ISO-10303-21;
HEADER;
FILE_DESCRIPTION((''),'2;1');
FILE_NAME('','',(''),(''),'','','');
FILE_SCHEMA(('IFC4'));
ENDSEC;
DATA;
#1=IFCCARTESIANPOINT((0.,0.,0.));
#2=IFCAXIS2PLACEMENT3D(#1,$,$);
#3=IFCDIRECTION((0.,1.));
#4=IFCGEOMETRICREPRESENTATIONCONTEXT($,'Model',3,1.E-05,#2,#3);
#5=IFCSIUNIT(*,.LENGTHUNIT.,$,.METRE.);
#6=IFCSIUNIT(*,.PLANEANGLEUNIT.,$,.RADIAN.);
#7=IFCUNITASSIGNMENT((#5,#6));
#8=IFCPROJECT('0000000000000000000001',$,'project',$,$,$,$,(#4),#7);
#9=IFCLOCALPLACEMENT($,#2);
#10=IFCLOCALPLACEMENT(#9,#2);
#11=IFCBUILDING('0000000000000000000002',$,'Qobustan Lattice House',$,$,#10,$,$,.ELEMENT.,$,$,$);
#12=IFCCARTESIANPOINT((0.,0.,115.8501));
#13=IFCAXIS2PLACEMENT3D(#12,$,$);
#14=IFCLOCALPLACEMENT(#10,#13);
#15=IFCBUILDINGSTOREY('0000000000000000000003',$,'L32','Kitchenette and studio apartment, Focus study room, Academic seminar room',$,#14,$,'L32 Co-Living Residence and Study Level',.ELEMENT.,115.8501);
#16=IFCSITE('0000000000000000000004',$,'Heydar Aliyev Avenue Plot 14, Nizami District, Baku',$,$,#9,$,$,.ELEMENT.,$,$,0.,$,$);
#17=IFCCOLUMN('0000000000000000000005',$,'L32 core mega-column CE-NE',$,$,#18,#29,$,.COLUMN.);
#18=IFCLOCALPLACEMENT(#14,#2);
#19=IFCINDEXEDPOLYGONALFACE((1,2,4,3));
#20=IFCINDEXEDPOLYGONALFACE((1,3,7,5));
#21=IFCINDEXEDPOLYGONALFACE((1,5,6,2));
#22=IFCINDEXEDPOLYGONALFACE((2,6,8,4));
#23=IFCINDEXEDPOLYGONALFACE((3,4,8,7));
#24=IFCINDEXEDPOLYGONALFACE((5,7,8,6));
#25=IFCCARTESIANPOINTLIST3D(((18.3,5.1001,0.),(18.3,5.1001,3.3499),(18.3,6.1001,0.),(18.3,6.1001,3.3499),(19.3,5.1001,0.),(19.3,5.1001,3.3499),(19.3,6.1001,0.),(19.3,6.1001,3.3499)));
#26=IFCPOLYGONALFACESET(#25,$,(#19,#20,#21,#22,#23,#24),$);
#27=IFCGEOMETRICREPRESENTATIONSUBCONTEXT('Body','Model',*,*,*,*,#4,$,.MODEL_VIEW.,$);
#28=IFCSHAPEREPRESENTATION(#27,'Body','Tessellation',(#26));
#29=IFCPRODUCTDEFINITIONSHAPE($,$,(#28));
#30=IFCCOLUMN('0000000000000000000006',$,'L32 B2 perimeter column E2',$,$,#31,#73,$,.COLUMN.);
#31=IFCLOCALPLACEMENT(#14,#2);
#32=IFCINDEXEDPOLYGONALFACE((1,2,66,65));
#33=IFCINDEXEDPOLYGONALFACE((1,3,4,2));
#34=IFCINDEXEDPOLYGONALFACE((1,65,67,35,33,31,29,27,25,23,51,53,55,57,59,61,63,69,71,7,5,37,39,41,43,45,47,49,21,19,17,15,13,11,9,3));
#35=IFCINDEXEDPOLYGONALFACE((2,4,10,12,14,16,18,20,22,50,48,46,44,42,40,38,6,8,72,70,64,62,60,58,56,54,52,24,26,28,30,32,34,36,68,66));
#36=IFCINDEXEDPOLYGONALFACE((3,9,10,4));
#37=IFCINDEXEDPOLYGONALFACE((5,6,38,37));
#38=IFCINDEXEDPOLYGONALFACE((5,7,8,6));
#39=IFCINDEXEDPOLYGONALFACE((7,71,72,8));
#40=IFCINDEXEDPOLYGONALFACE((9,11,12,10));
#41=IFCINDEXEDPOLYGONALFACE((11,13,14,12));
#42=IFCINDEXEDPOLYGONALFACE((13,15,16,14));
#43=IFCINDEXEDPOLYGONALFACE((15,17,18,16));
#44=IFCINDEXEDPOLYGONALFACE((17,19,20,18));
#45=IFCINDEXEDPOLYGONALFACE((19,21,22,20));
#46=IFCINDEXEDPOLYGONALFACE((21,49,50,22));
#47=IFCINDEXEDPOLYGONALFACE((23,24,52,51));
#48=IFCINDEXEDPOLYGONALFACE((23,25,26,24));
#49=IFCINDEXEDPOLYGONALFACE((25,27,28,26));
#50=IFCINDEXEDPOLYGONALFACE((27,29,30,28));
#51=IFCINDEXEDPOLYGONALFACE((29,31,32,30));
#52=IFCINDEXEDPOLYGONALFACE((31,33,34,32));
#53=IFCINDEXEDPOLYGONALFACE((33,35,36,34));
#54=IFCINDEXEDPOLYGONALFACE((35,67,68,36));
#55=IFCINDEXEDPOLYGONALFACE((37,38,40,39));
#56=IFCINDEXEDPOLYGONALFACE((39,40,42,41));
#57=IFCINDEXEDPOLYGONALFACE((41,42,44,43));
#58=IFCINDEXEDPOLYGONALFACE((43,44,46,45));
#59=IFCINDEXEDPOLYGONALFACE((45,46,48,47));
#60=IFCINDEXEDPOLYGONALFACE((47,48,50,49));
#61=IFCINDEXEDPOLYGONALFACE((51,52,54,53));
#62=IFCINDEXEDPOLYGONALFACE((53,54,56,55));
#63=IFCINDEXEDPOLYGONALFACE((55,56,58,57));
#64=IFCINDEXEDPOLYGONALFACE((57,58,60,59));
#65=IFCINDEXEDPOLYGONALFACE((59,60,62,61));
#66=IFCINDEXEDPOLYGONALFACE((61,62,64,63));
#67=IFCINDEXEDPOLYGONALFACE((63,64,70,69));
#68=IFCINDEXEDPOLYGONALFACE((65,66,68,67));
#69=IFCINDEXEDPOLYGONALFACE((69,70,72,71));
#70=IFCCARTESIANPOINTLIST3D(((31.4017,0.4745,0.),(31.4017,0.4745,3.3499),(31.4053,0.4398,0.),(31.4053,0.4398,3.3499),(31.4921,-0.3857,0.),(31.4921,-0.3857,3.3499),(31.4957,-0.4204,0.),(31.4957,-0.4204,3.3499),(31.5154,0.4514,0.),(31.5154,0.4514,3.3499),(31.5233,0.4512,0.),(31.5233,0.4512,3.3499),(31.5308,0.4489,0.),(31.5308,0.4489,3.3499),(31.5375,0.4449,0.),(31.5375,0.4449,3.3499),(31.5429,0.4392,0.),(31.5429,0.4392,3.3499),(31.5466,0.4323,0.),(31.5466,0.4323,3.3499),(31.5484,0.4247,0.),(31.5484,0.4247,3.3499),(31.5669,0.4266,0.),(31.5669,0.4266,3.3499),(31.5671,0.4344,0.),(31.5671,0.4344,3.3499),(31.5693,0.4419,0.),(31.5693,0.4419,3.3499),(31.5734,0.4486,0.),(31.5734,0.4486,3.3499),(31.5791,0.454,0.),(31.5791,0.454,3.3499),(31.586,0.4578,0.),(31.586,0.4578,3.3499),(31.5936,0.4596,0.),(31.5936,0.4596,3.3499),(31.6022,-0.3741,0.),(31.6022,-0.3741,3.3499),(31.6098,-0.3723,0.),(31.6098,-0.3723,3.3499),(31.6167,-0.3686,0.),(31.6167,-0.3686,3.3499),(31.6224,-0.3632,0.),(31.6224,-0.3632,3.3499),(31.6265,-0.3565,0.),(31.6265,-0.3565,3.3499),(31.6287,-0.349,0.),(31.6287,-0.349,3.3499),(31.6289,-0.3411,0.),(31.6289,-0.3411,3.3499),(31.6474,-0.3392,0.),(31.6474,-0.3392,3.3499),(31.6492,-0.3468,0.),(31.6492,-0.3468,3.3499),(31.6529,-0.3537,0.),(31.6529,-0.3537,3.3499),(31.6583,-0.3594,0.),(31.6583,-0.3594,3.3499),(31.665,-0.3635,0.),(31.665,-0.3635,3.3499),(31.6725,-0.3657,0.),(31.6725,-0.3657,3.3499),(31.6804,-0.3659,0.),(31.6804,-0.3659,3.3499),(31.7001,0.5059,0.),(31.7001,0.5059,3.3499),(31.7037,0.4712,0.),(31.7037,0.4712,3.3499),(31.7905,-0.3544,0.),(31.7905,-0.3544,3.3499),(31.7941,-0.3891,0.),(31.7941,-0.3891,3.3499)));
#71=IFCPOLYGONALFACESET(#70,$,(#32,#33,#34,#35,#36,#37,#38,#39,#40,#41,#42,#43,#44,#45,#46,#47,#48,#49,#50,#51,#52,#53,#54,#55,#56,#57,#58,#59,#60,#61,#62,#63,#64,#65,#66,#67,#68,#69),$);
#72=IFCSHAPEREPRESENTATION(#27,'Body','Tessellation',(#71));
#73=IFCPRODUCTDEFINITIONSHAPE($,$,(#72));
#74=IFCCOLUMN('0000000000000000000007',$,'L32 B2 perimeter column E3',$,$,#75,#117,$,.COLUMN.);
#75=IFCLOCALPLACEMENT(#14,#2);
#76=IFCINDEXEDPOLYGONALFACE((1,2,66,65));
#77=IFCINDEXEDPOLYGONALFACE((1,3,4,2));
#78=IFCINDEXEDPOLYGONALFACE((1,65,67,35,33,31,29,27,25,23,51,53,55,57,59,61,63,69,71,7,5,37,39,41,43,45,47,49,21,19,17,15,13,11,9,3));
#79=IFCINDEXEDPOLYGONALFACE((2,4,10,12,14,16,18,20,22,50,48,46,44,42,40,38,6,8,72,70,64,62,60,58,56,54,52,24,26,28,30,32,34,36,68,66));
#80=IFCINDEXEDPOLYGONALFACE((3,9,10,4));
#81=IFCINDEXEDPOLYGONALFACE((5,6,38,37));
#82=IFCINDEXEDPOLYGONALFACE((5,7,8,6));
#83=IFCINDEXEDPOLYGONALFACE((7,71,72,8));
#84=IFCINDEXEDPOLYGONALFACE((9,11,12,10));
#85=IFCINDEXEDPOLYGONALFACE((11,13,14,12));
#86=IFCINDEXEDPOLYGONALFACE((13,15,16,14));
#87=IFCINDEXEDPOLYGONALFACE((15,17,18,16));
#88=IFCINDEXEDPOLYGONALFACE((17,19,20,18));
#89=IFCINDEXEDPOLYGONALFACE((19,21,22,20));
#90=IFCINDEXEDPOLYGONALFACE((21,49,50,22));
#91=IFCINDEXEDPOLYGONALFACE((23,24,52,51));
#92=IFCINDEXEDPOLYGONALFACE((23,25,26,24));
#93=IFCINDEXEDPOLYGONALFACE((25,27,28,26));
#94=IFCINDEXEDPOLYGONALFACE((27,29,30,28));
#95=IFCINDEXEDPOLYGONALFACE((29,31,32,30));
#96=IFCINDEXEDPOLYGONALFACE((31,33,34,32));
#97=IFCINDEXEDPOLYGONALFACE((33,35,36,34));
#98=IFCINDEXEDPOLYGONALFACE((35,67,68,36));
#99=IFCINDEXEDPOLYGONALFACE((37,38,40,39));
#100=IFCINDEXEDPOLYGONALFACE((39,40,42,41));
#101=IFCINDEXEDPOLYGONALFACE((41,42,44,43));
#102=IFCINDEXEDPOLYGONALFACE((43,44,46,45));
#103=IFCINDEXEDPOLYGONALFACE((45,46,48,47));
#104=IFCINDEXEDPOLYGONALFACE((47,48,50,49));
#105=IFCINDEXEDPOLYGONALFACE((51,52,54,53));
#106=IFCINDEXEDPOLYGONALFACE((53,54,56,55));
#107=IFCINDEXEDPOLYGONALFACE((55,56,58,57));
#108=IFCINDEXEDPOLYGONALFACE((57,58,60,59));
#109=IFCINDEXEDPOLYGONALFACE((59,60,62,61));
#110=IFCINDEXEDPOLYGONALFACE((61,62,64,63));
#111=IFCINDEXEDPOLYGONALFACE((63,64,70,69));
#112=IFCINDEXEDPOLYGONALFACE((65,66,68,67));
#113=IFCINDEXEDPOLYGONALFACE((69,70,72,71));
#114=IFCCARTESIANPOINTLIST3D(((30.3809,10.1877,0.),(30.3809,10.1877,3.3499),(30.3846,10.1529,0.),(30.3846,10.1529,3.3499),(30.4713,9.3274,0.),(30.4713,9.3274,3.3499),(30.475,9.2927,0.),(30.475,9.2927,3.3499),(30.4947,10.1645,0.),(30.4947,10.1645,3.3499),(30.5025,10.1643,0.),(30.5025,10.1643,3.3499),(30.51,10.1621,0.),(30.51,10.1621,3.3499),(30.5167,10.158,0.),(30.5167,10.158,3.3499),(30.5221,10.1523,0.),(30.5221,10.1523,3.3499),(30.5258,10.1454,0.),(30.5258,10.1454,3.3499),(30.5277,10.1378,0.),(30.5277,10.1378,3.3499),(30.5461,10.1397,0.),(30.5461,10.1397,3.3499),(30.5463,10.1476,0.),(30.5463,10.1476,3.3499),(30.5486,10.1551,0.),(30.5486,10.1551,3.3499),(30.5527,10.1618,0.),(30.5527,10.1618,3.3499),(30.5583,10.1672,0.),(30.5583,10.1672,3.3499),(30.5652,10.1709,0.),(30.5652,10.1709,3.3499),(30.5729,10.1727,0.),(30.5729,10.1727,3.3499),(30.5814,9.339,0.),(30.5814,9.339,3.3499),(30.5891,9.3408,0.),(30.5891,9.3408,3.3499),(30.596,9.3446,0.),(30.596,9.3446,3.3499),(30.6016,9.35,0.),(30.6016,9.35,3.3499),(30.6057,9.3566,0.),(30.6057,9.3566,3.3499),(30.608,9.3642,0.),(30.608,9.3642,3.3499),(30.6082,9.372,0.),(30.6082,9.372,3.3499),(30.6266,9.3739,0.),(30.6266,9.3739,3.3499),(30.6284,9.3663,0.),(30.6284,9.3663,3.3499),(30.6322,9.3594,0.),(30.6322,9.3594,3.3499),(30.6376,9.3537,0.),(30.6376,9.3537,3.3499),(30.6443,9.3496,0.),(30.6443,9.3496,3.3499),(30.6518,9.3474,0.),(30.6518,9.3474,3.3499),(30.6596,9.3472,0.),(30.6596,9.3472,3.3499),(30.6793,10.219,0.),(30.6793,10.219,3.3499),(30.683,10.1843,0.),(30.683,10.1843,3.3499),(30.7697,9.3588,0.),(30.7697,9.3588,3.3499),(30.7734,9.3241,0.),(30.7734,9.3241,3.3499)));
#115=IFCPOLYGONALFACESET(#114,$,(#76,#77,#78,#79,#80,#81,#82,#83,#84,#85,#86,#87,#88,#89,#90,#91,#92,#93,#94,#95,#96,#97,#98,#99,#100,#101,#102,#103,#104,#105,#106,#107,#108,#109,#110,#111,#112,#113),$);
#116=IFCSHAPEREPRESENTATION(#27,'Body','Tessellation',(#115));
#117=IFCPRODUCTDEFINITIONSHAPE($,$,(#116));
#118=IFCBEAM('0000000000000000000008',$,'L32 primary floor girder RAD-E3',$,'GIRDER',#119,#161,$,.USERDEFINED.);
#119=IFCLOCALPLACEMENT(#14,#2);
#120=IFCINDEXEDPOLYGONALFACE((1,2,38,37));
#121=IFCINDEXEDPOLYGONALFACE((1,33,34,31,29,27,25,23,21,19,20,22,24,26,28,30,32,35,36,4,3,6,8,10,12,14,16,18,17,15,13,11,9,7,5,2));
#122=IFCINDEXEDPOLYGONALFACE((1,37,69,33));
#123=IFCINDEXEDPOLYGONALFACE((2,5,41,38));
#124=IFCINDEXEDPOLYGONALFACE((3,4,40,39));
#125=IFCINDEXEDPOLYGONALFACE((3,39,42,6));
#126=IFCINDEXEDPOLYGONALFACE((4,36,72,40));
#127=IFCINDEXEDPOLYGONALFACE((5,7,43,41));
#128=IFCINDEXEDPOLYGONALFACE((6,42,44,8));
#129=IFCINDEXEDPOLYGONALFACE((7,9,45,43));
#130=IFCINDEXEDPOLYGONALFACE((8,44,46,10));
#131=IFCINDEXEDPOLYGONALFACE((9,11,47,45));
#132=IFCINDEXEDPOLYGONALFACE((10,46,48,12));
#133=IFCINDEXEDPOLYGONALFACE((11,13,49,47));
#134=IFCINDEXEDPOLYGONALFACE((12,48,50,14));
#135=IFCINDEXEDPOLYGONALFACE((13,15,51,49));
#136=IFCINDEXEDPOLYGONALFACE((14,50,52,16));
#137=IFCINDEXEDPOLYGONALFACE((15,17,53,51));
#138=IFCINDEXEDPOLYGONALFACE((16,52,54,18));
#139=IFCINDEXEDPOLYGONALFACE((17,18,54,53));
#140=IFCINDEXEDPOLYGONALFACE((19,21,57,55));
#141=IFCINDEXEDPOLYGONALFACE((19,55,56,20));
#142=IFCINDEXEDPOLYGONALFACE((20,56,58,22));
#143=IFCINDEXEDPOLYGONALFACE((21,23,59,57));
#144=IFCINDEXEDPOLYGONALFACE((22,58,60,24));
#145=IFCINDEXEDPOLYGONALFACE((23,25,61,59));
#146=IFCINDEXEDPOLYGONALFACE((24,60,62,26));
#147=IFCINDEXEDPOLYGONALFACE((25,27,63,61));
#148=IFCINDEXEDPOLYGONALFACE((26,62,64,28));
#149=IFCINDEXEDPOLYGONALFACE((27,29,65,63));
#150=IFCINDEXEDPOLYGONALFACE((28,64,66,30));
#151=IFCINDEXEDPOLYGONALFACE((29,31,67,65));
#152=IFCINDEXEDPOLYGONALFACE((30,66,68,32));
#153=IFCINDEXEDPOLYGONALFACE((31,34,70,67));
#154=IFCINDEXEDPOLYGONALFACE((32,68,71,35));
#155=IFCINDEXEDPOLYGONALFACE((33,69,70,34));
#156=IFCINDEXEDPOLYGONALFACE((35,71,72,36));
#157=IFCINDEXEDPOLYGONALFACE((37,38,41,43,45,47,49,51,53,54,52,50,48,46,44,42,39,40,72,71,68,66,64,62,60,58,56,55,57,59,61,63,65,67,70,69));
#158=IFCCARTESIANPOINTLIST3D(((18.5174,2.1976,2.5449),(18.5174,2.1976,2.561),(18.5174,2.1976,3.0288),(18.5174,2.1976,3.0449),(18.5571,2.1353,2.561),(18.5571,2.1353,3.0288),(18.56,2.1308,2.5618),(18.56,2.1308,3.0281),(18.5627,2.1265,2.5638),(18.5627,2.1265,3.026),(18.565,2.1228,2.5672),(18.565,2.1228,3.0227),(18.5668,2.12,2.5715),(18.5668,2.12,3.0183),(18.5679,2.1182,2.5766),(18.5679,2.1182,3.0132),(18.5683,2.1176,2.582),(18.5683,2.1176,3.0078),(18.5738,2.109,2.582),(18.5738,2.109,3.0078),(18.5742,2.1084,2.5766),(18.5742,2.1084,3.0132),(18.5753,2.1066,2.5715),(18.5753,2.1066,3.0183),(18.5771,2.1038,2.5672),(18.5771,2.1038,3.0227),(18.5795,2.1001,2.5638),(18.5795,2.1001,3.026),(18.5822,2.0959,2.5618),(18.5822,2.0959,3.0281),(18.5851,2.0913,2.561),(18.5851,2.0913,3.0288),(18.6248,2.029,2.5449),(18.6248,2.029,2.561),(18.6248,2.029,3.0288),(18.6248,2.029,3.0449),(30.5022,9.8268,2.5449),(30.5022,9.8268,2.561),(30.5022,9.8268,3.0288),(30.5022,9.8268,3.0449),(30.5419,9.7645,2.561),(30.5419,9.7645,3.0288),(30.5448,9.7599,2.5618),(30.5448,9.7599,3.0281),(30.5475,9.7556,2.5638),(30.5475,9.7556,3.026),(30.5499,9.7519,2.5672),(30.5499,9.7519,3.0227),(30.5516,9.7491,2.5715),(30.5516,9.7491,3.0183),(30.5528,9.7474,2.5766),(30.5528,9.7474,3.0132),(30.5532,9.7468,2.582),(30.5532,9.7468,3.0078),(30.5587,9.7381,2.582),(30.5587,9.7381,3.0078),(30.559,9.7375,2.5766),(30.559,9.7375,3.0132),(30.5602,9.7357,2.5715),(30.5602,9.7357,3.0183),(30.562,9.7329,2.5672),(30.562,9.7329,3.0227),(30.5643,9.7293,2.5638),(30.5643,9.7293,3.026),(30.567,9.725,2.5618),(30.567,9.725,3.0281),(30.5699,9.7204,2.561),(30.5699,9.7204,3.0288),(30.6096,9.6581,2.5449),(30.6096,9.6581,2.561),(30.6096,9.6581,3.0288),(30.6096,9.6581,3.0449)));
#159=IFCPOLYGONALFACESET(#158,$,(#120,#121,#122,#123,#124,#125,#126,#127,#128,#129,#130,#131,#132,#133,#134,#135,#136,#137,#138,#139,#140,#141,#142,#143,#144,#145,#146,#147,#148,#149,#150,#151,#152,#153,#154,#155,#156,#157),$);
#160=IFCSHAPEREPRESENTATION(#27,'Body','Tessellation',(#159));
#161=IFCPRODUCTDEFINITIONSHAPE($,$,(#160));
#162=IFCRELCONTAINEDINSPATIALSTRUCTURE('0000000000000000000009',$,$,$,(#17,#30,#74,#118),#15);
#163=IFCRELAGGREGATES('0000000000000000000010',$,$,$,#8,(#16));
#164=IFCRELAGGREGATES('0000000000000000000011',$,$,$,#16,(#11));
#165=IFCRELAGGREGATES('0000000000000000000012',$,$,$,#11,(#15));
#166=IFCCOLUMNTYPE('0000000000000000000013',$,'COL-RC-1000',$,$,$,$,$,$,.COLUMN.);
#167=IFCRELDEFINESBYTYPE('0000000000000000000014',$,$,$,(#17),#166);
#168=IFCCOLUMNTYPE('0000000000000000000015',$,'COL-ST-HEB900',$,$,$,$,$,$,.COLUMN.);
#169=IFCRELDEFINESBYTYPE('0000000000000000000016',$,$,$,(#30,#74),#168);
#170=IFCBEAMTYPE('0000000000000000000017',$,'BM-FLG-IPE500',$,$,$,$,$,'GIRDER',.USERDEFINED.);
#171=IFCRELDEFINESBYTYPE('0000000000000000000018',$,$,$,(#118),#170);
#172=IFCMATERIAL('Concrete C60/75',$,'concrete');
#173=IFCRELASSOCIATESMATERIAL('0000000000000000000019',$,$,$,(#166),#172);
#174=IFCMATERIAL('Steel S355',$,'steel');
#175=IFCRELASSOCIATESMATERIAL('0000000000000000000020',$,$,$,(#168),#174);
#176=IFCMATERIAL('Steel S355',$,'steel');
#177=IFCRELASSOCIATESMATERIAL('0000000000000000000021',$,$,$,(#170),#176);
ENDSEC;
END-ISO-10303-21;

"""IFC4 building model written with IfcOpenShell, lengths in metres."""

from ifc_helpers import new_model, si_unit, direction, frame, origin, origin_2d, place, context, subcontext, project, spatial, rectangle, i_section, extrude, material, material_profile, profile_set, type_object, element, save


model = new_model("IFC4")

# Units and contexts
model_context = context("Model", 3, precision=1e-05, world=origin(), true_north=direction((0.0, 1.0)))
body_context = subcontext(model_context, "Body", "Model", "MODEL_VIEW")
ifc_project = project(units=[si_unit("LENGTHUNIT", "METRE"), si_unit("PLANEANGLEUNIT", "RADIAN")], contexts=[model_context])

# Site, building, storey
site_placement = place(None, origin())
site = spatial("IfcSite", under=ifc_project, at=site_placement, Name="Heydar Aliyev Avenue Plot 14, Nizami District, Baku", CompositionType="ELEMENT", RefElevation=0.0)
building_placement = place(site_placement, origin())
building = spatial("IfcBuilding", under=site, at=building_placement, Name="Qobustan Lattice House", CompositionType="ELEMENT")
storey_placement = place(building_placement, frame((0.0, 0.0, 115.8501)))
storey = spatial("IfcBuildingStorey", under=building, at=storey_placement, Name="L32", Description="Kitchenette and studio apartment, Focus study room, Academic seminar room", LongName="L32 Co-Living Residence and Study Level", CompositionType="ELEMENT", Elevation=115.8501)

# Columns
ifc_material_1 = material(Name="Concrete C60/75", Category="concrete")
ifc_material_profile_1 = material_profile(ifc_material_1, rectangle(XDim=1.0, YDim=1.0, at=origin_2d()), Name="RC1000x1000")
ifc_profile_set_1 = profile_set([ifc_material_profile_1], Name="Concrete C60/75")
column_type_1 = type_object("IfcColumnType", Name="COL-RC-1000", PredefinedType="COLUMN", material=ifc_profile_set_1)
column_placement = place(storey_placement, frame((18.8, 5.6001, 0.0), z_axis=(0.0, 0.0, 1.0), x_axis=(1.0, 0.0, 0.0)))
element("IfcColumn", 1, at=column_placement, inside=storey, type_object=column_type_1, Name="L32 core mega-column CE-NE", PredefinedType="COLUMN", context=body_context, shape_type="SweptSolid", body=[
    extrude(rectangle(XDim=1.0, YDim=1.0, at=origin_2d()), origin(), (0.0, 0.0, 1.0), 3.3499),
])
ifc_material_2 = material(Name="Steel S355", Category="steel")
ifc_material_profile_2 = material_profile(ifc_material_2, i_section(OverallWidth=0.3, OverallDepth=0.8999, WebThickness=0.0186, FlangeThickness=0.0349, FilletRadius=0.03, at=origin_2d()), Name="HEB900")
ifc_profile_set_2 = profile_set([ifc_material_profile_2], Name="Steel S355")
column_type_2 = type_object("IfcColumnType", Name="COL-ST-HEB900", PredefinedType="COLUMN", material=ifc_profile_set_2)
for number, where, z_axis, x_axis, name in (
    (2, (31.5979, 0.0427, 0.0), (0.0, 0.0, 1.0), (0.994522, 0.104528, 0.0), "L32 B2 perimeter column E2"),
    (3, (30.5771, 9.7559, 0.0), (0.0, 0.0, 1.0), (0.994522, 0.104528, 0.0), "L32 B2 perimeter column E3"),
):
    element("IfcColumn", number, at=place(storey_placement, frame(where, z_axis=z_axis, x_axis=x_axis)), inside=storey, type_object=column_type_2, Name=name, PredefinedType="COLUMN", context=body_context, shape_type="SweptSolid", body=[
        extrude(i_section(OverallWidth=0.3, OverallDepth=0.8999, WebThickness=0.0186, FlangeThickness=0.0349, FilletRadius=0.03, at=origin_2d()), origin(), (0.0, 0.0, 1.0), 3.3499),
    ])

# Beam
ifc_material_3 = material(Name="Steel S355", Category="steel")
ifc_material_profile_3 = material_profile(ifc_material_3, i_section(OverallWidth=0.2, OverallDepth=0.5, WebThickness=0.0103, FlangeThickness=0.0161, FilletRadius=0.021, at=origin_2d()), Name="IPE500")
ifc_profile_set_3 = profile_set([ifc_material_profile_3], Name="Steel S355")
beam_type_1 = type_object("IfcBeamType", Name="BM-FLG-IPE500", ElementType="GIRDER", PredefinedType="USERDEFINED", material=ifc_profile_set_3)
beam_placement = place(storey_placement, frame((30.5559, 9.7424, 2.7949), z_axis=(-0.843584, -0.536997, 0.0), x_axis=(0.536997, -0.843584, 0.0)))
element("IfcBeam", 4, at=beam_placement, inside=storey, type_object=beam_type_1, Name="L32 primary floor girder RAD-E3", ObjectType="GIRDER", PredefinedType="USERDEFINED", context=body_context, shape_type="SweptSolid", body=[
    extrude(i_section(OverallWidth=0.2, OverallDepth=0.5, WebThickness=0.0103, FlangeThickness=0.0161, FilletRadius=0.021, at=origin_2d()), origin(), (0.0, 0.0, 1.0), 14.207),
])

save(model, "model.ifc")
